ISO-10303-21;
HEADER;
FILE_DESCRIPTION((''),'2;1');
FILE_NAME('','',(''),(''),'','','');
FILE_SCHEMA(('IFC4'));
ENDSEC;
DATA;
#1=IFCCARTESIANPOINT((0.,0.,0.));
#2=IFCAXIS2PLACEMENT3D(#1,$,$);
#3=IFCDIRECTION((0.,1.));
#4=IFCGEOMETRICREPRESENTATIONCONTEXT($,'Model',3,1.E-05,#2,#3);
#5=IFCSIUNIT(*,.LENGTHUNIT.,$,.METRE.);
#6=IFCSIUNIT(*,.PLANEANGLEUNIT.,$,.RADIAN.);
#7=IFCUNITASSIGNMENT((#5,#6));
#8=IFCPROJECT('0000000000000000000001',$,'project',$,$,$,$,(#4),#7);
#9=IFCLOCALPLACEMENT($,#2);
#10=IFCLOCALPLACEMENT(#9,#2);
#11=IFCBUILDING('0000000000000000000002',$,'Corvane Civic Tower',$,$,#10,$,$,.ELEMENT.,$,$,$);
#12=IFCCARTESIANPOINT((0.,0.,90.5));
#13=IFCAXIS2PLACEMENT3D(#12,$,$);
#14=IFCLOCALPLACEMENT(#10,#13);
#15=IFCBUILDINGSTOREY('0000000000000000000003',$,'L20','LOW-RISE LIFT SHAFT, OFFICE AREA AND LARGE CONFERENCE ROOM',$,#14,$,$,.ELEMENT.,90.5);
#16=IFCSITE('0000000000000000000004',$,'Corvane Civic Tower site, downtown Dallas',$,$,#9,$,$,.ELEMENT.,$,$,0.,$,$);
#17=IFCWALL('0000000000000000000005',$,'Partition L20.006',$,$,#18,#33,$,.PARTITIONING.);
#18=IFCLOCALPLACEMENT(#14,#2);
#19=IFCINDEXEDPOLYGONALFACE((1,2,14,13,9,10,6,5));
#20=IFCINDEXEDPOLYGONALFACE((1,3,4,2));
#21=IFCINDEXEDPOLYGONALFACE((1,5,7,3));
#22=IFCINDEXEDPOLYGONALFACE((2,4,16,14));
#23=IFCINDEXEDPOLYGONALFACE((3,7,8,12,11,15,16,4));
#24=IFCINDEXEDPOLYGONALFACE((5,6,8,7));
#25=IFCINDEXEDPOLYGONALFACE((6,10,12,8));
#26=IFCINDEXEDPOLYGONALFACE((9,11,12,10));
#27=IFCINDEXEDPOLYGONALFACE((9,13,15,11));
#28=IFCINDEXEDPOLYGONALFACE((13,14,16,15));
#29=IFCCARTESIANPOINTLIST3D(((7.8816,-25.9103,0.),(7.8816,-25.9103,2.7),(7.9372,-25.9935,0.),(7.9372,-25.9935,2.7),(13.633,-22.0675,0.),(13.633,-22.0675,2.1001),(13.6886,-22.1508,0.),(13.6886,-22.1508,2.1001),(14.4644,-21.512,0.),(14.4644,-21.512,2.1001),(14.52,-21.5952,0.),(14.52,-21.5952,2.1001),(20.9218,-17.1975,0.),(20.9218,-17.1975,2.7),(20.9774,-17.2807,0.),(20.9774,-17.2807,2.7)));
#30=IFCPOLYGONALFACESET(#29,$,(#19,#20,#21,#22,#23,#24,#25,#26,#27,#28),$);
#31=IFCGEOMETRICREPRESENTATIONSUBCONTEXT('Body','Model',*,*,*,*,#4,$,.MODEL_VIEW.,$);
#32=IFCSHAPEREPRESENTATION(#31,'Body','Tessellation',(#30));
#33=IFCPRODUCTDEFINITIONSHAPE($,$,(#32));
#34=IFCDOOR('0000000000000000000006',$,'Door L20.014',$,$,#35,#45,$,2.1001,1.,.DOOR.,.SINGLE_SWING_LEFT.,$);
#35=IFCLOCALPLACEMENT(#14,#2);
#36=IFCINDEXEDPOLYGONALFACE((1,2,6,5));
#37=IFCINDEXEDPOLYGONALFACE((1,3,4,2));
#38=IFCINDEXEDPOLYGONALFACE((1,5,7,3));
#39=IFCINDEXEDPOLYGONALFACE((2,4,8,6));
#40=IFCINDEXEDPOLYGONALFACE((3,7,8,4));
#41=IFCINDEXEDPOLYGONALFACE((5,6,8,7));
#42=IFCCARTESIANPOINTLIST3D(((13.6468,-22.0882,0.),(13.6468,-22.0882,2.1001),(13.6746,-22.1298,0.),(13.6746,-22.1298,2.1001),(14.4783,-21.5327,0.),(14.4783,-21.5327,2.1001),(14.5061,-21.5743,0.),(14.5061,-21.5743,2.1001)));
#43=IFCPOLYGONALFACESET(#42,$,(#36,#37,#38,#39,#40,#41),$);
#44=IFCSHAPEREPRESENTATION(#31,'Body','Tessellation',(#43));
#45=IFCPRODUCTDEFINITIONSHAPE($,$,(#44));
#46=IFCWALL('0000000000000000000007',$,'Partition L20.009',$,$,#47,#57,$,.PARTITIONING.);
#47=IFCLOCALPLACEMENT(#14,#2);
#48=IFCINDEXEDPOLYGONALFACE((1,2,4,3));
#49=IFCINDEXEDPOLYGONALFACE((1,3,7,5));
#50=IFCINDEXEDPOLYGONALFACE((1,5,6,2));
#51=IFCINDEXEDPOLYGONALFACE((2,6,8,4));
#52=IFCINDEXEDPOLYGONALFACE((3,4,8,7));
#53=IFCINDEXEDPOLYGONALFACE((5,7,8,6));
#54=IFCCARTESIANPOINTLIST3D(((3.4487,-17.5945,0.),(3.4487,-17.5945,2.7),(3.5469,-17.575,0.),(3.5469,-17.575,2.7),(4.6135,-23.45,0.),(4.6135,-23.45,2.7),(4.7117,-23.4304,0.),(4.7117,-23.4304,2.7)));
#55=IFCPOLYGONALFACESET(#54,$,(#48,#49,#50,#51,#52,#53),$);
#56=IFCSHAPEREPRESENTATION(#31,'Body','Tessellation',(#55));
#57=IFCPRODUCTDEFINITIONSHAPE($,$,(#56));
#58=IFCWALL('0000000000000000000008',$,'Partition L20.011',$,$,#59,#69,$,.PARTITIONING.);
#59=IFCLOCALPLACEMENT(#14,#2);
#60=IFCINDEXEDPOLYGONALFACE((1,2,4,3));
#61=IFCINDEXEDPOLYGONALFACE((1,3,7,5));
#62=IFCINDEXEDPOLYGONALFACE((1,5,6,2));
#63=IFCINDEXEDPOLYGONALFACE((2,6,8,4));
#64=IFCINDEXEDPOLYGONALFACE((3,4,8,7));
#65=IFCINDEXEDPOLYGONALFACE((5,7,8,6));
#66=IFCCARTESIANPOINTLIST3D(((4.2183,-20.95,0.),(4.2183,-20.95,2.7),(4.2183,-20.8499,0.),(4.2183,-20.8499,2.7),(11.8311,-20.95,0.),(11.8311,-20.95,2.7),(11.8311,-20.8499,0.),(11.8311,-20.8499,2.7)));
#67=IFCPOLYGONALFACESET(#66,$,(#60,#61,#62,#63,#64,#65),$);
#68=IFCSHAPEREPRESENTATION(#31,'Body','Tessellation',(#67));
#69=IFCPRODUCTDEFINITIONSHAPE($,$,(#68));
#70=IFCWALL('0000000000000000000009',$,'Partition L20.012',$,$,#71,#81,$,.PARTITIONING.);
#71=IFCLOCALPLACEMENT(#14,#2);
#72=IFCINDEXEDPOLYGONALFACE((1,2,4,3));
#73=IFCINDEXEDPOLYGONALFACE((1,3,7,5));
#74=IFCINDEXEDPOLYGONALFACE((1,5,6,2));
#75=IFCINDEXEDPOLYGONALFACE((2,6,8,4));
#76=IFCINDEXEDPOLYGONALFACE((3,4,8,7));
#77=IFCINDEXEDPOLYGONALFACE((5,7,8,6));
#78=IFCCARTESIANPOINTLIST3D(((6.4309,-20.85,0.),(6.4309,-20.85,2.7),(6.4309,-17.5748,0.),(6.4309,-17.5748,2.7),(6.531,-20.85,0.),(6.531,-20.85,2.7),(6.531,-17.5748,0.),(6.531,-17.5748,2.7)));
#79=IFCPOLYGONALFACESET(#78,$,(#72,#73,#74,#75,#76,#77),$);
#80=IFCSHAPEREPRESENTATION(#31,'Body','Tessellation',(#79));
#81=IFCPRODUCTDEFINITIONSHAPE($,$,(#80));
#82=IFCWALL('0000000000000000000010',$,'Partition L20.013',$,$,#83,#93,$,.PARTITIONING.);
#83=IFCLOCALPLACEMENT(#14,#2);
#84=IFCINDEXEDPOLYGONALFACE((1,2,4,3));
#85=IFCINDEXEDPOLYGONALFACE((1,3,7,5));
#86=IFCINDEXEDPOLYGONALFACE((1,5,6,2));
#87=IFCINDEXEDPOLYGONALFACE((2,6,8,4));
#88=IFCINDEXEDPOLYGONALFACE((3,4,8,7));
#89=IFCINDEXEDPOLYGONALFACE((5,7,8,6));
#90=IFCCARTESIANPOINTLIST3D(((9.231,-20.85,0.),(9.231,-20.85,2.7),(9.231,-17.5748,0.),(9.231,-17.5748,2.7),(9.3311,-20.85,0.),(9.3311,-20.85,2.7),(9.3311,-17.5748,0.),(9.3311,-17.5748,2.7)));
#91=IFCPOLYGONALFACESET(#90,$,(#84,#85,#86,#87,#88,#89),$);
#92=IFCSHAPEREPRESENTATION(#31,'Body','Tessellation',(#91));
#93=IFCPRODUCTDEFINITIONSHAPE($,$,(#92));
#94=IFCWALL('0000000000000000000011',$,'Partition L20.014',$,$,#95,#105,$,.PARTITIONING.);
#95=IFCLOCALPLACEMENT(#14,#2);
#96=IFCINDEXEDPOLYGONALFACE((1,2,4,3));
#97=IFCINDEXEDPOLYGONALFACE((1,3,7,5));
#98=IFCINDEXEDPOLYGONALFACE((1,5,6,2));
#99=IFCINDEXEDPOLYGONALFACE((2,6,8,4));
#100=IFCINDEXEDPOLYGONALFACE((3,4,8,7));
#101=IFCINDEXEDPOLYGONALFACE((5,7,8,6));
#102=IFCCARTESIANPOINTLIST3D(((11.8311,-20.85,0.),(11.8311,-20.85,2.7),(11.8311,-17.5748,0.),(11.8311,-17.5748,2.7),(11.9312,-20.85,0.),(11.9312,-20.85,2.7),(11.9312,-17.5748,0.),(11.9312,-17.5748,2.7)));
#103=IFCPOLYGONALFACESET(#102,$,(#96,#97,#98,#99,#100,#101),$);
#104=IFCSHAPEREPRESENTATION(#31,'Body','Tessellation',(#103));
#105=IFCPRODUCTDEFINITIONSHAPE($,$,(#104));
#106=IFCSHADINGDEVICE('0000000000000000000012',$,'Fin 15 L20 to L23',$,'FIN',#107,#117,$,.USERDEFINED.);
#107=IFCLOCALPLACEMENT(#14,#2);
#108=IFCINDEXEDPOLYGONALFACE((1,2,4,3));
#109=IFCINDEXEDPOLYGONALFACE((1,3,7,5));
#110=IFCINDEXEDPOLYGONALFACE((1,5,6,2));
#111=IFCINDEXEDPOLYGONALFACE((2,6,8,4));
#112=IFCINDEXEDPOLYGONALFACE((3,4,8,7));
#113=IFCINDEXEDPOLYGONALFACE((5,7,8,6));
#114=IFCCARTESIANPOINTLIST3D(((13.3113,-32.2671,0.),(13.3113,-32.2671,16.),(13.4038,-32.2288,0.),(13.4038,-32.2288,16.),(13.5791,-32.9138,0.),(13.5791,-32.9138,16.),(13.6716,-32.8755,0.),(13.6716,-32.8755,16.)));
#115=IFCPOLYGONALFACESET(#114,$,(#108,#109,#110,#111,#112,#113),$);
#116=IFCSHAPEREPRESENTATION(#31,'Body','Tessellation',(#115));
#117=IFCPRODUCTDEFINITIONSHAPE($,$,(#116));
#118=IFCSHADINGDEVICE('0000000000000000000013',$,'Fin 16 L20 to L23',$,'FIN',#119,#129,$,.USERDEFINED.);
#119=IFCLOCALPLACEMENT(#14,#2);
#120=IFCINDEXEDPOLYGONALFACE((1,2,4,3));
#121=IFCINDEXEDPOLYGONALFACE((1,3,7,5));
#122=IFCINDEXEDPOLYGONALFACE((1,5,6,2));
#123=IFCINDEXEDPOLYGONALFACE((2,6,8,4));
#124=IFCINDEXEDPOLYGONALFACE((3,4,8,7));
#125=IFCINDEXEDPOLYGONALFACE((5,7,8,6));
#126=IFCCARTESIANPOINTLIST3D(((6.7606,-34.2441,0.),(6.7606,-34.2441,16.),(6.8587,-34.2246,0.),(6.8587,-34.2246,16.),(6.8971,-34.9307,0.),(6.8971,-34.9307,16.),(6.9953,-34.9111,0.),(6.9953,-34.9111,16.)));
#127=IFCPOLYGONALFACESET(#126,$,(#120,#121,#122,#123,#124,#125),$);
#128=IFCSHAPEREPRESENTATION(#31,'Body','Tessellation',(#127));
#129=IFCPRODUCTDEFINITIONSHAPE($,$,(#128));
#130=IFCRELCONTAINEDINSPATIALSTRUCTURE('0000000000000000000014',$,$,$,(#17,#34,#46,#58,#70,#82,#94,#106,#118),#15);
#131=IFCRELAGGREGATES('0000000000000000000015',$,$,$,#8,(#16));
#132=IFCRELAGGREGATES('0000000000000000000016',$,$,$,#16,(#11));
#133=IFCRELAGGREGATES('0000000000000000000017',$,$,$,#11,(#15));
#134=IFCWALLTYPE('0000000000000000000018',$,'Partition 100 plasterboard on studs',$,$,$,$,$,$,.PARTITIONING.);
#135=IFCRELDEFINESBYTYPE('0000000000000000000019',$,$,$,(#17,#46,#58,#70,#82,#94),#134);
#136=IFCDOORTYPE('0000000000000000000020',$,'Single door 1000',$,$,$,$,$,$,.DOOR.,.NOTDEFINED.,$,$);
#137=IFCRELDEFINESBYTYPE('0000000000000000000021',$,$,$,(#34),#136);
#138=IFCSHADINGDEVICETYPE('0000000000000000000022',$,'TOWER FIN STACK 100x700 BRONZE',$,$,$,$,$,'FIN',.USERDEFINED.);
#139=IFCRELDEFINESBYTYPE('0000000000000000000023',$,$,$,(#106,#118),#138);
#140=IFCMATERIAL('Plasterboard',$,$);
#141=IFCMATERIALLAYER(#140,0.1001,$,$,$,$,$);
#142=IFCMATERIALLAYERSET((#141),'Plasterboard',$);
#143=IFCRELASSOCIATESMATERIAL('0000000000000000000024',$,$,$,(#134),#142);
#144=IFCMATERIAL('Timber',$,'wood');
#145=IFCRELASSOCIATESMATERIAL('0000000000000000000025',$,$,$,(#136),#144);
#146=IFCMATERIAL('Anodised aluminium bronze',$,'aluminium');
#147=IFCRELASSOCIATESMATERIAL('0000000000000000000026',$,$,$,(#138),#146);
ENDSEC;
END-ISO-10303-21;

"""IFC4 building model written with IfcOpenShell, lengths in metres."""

from ifc_helpers import new_model, si_unit, direction, frame, frame_2d, origin, origin_2d, place, context, subcontext, project, spatial, rectangle, extrude, material, layer, layer_set, material_profile, profile_set, type_object, element, fill, save


model = new_model("IFC4")

# Units and contexts
model_context = context("Model", 3, precision=1e-05, world=origin(), true_north=direction((0.0, 1.0)))
body_context = subcontext(model_context, "Body", "Model", "MODEL_VIEW")
ifc_project = project(units=[si_unit("LENGTHUNIT", "METRE"), si_unit("PLANEANGLEUNIT", "RADIAN")], contexts=[model_context])

# Site, building, storey
site_placement = place(None, origin())
site = spatial("IfcSite", under=ifc_project, at=site_placement, Name="Corvane Civic Tower site, downtown Dallas", CompositionType="ELEMENT", RefElevation=0.0)
building_placement = place(site_placement, origin())
building = spatial("IfcBuilding", under=site, at=building_placement, Name="Corvane Civic Tower", CompositionType="ELEMENT")
storey_placement = place(building_placement, frame((0.0, 0.0, 90.5)))
storey = spatial("IfcBuildingStorey", under=building, at=storey_placement, Name="L20", Description="LOW-RISE LIFT SHAFT, OFFICE AREA AND LARGE CONFERENCE ROOM", CompositionType="ELEMENT", Elevation=90.5)

# Shared definitions
ifc_material_1 = material(Name="Plasterboard")
ifc_layer_1 = layer(ifc_material_1, 0.1001)
ifc_layer_set_1 = layer_set([ifc_layer_1], Name="Plasterboard")
wall_type = type_object("IfcWallType", Name="Partition 100 plasterboard on studs", PredefinedType="PARTITIONING", material=ifc_layer_set_1)

# Wall, opening, door
wall_1_placement = place(storey_placement, frame((7.9094, -25.9519, 0.0), z_axis=(0.0, 0.0, 1.0), x_axis=(0.83148, 0.555555, 0.0)))
wall_1 = element("IfcWall", 1, at=wall_1_placement, inside=storey, type_object=wall_type, Name="Partition L20.006", PredefinedType="PARTITIONING", context=body_context, shape_type="SweptSolid", body=[
    extrude(rectangle(XDim=15.6831, YDim=0.1001, at=frame_2d((7.8416, 0.0))), origin(), (0.0, 0.0, 1.0), 2.7),
])
opening_1_placement = place(wall_1_placement, frame((6.917, 0.0, 0.0)))
opening_1 = element("IfcOpeningElement", 2, at=opening_1_placement, cuts=wall_1, PredefinedType="OPENING", context=body_context, shape_type="SweptSolid", body=[
    extrude(rectangle(XDim=1.0, YDim=2.1001, at=frame_2d((0.5, 1.05))), frame((0.0, 0.0601, 0.0), z_axis=(0.0, -1.0, 0.0), x_axis=(1.0, 0.0, 0.0)), (0.0, 0.0, 1.0), 0.1201),
])
ifc_material_2 = material(Name="Timber", Category="wood")
door_type_1 = type_object("IfcDoorType", Name="Single door 1000", OperationType="NOTDEFINED", PredefinedType="DOOR", material=ifc_material_2)
door_1_placement = place(opening_1_placement, frame((1.0, 0.0, 0.0), z_axis=(0.0, 0.0, 1.0), x_axis=(-1.0, 0.0, 0.0)))
door_1 = element("IfcDoor", 3, at=door_1_placement, inside=storey, type_object=door_type_1, Name="Door L20.014", OperationType="SINGLE_SWING_LEFT", OverallHeight=2.1001, OverallWidth=1.0, PredefinedType="DOOR", context=body_context, shape_type="SweptSolid", body=[
    extrude(rectangle(XDim=1.0, YDim=2.1001, at=frame_2d((0.5, 1.05))), frame((0.0, 0.0249, 0.0), z_axis=(0.0, -1.0, 0.0), x_axis=(1.0, 0.0, 0.0)), (0.0, 0.0, 1.0), 0.05),
])
fill(opening_1, door_1)

# Walls
wall_2_placement = place(storey_placement, frame((3.4978, -17.5847, 0.0), z_axis=(0.0, 0.0, 1.0), x_axis=(0.195102, -0.980783, 0.0)))
element("IfcWall", 4, at=wall_2_placement, inside=storey, type_object=wall_type, Name="Partition L20.009", PredefinedType="PARTITIONING", context=body_context, shape_type="SweptSolid", body=[
    extrude(rectangle(XDim=5.9702, YDim=0.1001, at=frame_2d((2.9851, 0.0))), origin(), (0.0, 0.0, 1.0), 2.7),
])
wall_3_placement = place(storey_placement, frame((4.2183, -20.8999, 0.0), z_axis=(0.0, 0.0, 1.0), x_axis=(1.0, 0.0, 0.0)))
element("IfcWall", 5, at=wall_3_placement, inside=storey, type_object=wall_type, Name="Partition L20.011", PredefinedType="PARTITIONING", context=body_context, shape_type="SweptSolid", body=[
    extrude(rectangle(XDim=7.6128, YDim=0.1001, at=frame_2d((3.8064, 0.0))), origin(), (0.0, 0.0, 1.0), 2.7),
])
for number, where, z_axis, x_axis, name in (
    (6, (6.481, -20.8501, 0.0), (0.0, 0.0, 1.0), (0.0, 1.0, 0.0), "Partition L20.012"),
    (7, (9.281, -20.8501, 0.0), (0.0, 0.0, 1.0), (0.0, 1.0, 0.0), "Partition L20.013"),
    (8, (11.8811, -20.8501, 0.0), (0.0, 0.0, 1.0), (0.0, 1.0, 0.0), "Partition L20.014"),
):
    element("IfcWall", number, at=place(storey_placement, frame(where, z_axis=z_axis, x_axis=x_axis)), inside=storey, type_object=wall_type, Name=name, PredefinedType="PARTITIONING", context=body_context, shape_type="SweptSolid", body=[
        extrude(rectangle(XDim=3.2751, YDim=0.1001, at=frame_2d((1.6377, 0.0))), origin(), (0.0, 0.0, 1.0), 2.7),
    ])

# Shading devices
ifc_material_3 = material(Name="Anodised aluminium bronze", Category="aluminium")
ifc_material_profile_1 = material_profile(ifc_material_3, rectangle(XDim=0.1001, YDim=0.7, at=origin_2d()), Name="TOWER FIN STACK 100x700 BRONZE")
ifc_profile_set_1 = profile_set([ifc_material_profile_1], Name="Anodised aluminium bronze")
shading_device_type = type_object("IfcShadingDeviceType", Name="TOWER FIN STACK 100x700 BRONZE", ElementType="FIN", PredefinedType="USERDEFINED", material=ifc_profile_set_1)
for number, where, z_axis, x_axis, name in (
    (9, (13.4915, -32.5713, 0.0), (0.0, 0.0, 1.0), (-0.92388, -0.382683, 0.0), "Fin 15 L20 to L23"),
    (10, (6.8779, -34.5776, 0.0), (0.0, 0.0, 1.0), (-0.980785, -0.19509, 0.0), "Fin 16 L20 to L23"),
):
    element("IfcShadingDevice", number, at=place(storey_placement, frame(where, z_axis=z_axis, x_axis=x_axis)), inside=storey, type_object=shading_device_type, Name=name, ObjectType="FIN", PredefinedType="USERDEFINED", context=body_context, shape_type="SweptSolid", body=[
        extrude(rectangle(XDim=0.1001, YDim=0.7, at=origin_2d()), origin(), (0.0, 0.0, 1.0), 16.0),
    ])

save(model, "model.ifc")
